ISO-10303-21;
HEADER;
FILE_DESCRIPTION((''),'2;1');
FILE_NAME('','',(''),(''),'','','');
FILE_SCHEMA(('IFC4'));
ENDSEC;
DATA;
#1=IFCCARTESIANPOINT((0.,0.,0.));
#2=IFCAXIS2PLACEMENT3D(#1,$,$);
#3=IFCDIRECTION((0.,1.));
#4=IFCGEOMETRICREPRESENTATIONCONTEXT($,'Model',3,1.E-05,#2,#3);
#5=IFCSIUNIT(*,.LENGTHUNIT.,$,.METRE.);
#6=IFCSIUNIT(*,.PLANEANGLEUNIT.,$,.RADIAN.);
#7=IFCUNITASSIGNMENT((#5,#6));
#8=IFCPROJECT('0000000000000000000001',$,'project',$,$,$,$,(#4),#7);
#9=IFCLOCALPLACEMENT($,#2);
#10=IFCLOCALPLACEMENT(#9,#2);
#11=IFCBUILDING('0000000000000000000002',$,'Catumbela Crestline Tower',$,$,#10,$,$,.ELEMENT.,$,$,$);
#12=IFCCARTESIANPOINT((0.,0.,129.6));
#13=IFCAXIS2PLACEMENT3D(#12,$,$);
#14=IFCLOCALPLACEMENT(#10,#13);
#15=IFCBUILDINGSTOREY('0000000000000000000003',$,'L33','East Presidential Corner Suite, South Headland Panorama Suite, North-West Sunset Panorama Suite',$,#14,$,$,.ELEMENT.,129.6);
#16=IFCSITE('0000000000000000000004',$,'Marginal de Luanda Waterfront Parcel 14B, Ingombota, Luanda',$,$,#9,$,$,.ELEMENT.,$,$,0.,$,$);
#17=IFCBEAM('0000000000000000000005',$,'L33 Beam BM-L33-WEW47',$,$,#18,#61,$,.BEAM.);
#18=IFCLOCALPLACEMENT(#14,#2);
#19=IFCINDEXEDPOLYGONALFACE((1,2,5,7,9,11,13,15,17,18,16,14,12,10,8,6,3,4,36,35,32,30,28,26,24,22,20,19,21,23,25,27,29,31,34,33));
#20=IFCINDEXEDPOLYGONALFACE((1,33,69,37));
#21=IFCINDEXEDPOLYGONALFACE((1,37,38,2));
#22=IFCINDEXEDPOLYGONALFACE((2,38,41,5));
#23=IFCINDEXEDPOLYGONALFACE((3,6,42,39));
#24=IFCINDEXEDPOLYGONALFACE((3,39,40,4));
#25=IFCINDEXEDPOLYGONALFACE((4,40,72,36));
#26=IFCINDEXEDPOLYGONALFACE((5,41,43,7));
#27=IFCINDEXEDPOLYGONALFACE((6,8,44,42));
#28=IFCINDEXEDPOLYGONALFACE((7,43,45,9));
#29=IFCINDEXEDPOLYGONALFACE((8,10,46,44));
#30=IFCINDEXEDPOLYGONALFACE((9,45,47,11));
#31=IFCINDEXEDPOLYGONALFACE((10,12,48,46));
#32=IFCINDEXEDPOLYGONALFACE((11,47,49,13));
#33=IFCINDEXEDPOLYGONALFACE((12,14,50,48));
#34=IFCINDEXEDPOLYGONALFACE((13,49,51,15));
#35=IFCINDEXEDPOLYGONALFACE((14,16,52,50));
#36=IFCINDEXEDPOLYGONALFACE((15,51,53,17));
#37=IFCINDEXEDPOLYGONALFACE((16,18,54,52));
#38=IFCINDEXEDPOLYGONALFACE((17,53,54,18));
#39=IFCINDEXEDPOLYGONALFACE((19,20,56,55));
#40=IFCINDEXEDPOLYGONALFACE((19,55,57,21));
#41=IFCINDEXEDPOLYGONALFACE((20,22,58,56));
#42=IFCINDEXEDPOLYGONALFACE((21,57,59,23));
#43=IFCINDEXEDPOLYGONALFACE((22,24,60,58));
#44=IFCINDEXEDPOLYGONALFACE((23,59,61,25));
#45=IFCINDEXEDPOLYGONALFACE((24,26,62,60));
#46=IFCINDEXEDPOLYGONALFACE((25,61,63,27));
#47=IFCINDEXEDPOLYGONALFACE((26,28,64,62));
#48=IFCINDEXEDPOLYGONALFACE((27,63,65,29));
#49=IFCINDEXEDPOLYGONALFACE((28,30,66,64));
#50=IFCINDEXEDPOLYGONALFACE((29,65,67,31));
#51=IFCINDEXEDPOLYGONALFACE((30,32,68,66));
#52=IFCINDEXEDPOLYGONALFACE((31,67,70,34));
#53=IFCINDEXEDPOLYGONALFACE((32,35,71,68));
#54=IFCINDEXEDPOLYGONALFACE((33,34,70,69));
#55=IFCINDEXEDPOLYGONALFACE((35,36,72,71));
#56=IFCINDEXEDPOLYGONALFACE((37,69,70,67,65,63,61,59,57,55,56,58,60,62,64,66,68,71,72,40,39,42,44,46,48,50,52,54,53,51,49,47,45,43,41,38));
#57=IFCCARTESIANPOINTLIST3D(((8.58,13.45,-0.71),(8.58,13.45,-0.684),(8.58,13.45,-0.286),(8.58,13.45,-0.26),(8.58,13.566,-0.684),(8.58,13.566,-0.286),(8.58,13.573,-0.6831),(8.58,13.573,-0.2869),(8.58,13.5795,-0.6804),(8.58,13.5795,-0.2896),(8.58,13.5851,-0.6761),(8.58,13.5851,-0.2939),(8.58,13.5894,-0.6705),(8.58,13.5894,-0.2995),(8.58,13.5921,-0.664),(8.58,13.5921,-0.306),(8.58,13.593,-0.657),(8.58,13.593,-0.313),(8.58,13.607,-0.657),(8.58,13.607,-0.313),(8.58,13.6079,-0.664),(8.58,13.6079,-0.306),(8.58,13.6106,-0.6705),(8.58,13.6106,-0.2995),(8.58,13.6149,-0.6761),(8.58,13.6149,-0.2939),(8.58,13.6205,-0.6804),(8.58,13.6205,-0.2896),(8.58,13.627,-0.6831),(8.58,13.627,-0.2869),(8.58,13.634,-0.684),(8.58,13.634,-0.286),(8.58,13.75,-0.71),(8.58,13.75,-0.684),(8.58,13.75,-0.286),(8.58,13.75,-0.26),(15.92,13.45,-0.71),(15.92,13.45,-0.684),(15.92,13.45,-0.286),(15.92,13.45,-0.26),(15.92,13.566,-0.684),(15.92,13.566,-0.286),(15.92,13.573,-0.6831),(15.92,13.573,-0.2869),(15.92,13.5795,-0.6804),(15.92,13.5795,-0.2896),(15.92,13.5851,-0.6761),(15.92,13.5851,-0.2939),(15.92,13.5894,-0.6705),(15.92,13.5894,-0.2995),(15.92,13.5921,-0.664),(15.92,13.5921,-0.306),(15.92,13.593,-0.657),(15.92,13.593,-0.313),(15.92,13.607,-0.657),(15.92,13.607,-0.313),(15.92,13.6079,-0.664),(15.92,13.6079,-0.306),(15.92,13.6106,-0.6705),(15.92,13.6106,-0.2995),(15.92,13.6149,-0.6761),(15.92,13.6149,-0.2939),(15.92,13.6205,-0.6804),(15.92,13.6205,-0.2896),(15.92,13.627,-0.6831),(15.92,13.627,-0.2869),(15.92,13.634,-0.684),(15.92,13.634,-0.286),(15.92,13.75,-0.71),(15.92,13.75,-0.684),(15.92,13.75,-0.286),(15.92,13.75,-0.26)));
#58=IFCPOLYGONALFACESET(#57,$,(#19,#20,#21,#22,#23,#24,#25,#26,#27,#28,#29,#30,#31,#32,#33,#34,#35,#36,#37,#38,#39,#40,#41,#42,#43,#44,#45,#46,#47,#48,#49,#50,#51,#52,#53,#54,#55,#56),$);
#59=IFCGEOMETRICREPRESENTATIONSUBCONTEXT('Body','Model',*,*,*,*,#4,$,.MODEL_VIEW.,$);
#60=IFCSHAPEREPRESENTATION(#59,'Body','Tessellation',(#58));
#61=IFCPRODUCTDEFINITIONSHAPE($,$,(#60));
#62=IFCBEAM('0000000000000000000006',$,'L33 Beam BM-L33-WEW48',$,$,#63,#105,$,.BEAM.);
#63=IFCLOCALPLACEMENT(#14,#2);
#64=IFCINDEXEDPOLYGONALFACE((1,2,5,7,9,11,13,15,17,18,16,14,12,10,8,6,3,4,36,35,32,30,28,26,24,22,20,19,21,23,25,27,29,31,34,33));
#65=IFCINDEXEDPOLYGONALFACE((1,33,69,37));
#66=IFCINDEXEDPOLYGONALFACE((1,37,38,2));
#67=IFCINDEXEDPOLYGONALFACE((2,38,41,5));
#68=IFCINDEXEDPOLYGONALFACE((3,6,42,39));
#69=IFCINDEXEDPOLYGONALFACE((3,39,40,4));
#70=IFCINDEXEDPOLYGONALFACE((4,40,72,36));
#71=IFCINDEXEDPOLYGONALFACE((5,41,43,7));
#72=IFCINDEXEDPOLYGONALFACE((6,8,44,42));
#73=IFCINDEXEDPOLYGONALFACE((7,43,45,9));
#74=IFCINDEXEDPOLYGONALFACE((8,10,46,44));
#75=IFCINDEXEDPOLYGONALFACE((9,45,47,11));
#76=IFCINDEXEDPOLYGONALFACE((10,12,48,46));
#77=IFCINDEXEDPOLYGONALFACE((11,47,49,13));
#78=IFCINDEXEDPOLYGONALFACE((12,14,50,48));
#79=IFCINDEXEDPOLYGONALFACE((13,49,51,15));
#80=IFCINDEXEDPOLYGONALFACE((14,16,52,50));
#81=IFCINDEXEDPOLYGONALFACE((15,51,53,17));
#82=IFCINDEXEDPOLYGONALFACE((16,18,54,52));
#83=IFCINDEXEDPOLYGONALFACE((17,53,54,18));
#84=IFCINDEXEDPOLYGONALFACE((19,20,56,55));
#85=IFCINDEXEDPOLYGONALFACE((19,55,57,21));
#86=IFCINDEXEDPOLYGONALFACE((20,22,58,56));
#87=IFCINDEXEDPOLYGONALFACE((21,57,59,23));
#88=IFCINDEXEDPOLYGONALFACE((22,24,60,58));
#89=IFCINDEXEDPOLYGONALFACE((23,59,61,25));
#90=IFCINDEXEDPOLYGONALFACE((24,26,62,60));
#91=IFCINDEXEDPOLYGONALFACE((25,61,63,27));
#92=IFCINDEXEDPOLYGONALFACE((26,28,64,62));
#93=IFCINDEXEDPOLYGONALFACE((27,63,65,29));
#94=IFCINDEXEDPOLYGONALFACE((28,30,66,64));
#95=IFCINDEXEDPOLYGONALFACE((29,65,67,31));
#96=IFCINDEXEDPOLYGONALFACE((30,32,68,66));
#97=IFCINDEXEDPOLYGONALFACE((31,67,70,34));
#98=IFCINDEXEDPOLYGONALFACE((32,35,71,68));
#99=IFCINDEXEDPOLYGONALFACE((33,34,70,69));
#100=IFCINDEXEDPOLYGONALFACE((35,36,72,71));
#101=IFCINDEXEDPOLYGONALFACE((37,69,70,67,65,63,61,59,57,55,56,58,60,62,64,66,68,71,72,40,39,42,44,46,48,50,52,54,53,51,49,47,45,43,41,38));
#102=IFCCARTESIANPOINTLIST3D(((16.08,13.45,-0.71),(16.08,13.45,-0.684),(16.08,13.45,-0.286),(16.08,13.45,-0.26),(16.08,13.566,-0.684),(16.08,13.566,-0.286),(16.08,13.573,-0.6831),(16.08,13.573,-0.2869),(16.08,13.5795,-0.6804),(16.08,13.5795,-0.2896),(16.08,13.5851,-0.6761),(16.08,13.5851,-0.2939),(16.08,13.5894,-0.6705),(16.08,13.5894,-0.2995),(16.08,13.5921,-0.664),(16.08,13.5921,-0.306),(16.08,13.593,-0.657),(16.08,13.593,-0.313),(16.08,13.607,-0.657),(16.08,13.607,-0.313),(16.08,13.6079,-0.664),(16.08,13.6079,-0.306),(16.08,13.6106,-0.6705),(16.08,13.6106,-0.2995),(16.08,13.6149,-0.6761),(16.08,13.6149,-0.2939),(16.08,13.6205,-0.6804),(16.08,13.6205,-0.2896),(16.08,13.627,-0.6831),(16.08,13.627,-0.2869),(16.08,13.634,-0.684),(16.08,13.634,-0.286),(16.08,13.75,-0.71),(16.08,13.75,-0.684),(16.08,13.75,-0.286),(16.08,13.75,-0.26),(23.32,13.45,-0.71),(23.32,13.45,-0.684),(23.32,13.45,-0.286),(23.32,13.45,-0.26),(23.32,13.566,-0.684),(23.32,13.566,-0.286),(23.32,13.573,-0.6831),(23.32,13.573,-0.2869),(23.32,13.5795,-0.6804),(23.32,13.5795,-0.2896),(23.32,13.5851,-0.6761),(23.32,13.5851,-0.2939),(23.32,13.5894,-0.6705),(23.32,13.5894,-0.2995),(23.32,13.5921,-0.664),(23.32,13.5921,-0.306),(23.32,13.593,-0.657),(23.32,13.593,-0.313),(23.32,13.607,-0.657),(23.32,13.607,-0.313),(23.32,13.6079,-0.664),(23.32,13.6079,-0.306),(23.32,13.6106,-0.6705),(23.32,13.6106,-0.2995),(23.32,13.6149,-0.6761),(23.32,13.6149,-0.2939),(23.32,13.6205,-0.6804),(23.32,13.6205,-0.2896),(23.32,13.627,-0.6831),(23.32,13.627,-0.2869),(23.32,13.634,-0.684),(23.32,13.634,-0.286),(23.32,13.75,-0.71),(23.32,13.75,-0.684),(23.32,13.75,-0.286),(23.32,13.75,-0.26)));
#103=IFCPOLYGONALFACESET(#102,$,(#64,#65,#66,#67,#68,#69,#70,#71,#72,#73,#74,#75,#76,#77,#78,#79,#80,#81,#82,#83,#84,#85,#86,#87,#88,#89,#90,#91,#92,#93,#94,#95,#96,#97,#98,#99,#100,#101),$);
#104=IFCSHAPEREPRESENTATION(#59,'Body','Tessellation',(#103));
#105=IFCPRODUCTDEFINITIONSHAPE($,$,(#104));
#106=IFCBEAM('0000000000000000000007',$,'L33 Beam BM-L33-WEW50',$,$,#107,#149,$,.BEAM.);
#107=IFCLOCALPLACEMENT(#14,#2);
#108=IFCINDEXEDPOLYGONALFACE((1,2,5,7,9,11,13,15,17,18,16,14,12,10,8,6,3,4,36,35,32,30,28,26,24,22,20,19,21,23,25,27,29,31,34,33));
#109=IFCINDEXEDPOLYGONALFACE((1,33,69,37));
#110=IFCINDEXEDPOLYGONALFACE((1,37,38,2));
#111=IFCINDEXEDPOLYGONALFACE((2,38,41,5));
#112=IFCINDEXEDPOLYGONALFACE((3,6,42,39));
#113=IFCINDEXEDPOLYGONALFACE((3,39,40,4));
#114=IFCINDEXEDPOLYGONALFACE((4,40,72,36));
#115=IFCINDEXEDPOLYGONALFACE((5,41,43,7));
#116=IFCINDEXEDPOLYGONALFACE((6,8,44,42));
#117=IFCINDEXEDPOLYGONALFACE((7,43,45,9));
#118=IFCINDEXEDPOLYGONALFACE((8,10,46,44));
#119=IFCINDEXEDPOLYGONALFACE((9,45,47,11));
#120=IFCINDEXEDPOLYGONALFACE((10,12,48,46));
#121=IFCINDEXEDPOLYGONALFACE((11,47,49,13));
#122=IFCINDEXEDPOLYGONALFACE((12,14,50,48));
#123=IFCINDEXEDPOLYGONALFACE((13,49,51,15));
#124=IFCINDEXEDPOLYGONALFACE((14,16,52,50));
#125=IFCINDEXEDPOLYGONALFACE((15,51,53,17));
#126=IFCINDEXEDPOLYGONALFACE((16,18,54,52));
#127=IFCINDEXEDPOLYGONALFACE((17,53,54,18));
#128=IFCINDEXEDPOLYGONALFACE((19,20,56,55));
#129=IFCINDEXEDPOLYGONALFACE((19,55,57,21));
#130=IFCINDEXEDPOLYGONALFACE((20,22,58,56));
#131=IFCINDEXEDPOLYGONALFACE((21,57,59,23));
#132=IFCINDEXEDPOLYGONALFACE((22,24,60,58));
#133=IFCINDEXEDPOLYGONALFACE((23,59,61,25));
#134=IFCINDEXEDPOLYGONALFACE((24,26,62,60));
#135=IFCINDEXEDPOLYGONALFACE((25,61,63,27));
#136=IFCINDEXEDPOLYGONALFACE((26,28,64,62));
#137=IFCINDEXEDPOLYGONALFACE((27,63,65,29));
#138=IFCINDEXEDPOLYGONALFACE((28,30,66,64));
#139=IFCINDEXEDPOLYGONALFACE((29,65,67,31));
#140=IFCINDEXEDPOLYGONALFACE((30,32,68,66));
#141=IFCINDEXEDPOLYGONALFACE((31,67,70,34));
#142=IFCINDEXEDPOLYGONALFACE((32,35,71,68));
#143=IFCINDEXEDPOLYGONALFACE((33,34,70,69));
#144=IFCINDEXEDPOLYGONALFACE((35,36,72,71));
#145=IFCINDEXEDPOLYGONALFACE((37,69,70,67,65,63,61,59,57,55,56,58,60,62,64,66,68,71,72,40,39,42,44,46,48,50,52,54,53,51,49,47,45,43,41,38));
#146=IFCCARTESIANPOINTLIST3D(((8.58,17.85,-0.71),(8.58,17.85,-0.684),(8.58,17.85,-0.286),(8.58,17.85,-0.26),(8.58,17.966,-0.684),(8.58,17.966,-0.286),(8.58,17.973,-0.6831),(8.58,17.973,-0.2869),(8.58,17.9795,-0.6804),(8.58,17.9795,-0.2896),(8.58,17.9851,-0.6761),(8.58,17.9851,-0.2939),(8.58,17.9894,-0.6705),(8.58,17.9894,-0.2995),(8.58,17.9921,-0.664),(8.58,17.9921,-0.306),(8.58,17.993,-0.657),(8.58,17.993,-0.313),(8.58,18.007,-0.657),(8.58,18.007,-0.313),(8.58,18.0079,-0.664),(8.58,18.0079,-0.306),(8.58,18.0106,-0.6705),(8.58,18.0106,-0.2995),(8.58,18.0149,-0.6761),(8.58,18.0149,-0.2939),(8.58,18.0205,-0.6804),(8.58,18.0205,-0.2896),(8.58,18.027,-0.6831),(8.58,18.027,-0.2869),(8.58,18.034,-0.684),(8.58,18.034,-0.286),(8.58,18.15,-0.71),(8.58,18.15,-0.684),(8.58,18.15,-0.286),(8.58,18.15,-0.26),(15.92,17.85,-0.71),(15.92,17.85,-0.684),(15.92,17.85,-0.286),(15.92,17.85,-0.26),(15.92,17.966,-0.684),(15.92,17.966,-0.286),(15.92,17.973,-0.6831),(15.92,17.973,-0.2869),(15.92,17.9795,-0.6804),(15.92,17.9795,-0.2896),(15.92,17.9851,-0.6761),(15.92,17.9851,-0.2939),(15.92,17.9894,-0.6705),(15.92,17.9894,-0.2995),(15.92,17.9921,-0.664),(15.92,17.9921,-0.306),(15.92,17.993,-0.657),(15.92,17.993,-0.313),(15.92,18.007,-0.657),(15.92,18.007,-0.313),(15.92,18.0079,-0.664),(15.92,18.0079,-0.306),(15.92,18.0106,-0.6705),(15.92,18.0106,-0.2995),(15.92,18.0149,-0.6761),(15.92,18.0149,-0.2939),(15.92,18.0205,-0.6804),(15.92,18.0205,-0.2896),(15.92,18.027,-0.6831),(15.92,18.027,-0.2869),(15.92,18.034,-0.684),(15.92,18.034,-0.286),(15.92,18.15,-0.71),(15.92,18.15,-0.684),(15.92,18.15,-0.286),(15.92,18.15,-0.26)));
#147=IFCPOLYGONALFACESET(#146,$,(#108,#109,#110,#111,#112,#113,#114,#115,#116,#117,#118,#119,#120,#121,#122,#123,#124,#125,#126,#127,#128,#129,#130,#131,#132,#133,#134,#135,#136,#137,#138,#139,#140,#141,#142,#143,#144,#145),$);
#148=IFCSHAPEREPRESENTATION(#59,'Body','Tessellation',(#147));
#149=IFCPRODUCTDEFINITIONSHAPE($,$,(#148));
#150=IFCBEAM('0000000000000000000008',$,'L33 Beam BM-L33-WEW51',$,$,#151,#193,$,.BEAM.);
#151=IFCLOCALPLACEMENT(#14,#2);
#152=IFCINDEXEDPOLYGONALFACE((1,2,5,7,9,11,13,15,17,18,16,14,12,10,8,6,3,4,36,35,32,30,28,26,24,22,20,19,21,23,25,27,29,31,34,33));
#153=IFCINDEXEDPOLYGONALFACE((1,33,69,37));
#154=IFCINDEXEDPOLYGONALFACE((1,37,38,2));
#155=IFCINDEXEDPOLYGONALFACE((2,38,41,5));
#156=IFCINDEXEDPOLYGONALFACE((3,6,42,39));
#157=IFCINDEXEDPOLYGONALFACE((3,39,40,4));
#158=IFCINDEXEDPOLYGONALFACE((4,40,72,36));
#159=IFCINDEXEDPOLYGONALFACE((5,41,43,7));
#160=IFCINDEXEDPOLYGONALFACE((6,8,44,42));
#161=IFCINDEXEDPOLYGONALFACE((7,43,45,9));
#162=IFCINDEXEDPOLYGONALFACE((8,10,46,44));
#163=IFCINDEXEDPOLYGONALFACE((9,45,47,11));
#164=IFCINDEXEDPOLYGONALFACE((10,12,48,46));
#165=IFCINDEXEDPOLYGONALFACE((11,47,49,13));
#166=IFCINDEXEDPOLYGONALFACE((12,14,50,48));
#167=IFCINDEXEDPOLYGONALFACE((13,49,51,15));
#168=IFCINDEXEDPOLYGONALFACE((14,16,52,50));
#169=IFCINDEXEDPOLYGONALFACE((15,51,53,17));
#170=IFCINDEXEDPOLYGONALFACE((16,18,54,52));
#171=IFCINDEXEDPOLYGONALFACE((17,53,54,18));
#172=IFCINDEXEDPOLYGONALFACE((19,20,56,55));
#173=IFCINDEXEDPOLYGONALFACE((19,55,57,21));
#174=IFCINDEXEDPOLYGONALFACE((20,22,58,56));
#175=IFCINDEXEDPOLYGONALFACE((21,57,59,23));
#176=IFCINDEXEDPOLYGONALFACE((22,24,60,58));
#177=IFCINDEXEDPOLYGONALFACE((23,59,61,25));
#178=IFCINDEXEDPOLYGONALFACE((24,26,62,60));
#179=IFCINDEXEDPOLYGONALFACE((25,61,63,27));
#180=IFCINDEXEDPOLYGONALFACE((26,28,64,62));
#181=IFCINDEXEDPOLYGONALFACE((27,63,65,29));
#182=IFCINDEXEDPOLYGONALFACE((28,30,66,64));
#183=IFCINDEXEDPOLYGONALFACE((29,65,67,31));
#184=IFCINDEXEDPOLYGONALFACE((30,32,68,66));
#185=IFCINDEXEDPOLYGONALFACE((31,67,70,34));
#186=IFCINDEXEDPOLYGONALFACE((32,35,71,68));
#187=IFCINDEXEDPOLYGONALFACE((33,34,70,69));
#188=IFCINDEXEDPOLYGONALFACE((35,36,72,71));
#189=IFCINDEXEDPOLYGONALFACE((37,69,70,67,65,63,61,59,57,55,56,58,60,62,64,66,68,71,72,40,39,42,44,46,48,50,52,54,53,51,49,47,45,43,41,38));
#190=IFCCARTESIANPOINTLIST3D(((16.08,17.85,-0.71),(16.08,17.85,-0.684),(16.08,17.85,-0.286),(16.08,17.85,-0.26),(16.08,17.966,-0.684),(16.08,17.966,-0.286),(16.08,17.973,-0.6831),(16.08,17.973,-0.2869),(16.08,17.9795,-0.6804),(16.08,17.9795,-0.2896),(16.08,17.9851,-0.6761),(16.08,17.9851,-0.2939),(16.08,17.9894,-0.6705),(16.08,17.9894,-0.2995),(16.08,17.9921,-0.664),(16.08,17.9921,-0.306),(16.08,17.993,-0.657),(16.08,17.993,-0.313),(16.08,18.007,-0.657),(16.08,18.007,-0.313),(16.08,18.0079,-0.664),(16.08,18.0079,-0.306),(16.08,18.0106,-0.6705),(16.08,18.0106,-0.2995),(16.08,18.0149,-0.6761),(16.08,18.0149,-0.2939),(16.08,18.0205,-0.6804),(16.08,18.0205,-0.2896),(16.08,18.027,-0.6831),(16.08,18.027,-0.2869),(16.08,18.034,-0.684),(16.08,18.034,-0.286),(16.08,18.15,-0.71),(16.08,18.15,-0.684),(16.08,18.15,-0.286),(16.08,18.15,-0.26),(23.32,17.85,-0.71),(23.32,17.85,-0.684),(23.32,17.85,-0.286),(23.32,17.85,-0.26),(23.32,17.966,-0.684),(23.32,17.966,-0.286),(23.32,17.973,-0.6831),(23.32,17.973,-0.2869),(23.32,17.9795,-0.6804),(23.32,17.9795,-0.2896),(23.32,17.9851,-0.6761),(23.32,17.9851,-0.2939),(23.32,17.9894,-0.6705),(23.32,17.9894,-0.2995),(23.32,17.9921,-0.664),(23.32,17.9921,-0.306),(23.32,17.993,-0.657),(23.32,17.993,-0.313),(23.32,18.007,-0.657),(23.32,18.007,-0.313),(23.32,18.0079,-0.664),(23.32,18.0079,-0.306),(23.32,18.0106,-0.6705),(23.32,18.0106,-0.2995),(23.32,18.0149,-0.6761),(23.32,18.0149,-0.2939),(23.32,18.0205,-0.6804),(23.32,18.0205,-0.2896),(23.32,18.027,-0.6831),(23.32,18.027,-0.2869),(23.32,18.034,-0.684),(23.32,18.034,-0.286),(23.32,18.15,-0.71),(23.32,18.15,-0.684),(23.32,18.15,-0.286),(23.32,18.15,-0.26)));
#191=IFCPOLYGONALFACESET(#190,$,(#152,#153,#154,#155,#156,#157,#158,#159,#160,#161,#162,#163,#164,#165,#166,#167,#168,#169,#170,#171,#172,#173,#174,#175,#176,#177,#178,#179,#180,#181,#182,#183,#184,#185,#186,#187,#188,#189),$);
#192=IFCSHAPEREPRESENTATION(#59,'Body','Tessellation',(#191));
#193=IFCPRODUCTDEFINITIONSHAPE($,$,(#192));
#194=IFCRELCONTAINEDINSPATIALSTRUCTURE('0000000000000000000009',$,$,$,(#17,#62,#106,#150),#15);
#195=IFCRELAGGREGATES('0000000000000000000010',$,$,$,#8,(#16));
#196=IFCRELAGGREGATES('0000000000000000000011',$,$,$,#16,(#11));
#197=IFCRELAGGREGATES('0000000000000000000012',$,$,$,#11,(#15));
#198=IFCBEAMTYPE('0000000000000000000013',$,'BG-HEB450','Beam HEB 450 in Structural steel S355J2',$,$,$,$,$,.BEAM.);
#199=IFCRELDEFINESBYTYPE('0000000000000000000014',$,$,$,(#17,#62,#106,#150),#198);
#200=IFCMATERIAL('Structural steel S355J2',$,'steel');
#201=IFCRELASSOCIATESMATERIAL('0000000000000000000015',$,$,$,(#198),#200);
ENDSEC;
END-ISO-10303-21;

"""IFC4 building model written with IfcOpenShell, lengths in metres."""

from ifc_helpers import new_model, si_unit, direction, frame, origin, origin_2d, place, context, subcontext, project, spatial, i_section, extrude, material, material_profile, profile_set, type_object, element, save


model = new_model("IFC4")

# Units and contexts
model_context = context("Model", 3, precision=1e-05, world=origin(), true_north=direction((0.0, 1.0)))
body_context = subcontext(model_context, "Body", "Model", "MODEL_VIEW")
ifc_project = project(units=[si_unit("LENGTHUNIT", "METRE"), si_unit("PLANEANGLEUNIT", "RADIAN")], contexts=[model_context])

# Site, building, storey
site_placement = place(None, origin())
site = spatial("IfcSite", under=ifc_project, at=site_placement, Name="Marginal de Luanda Waterfront Parcel 14B, Ingombota, Luanda", CompositionType="ELEMENT", RefElevation=0.0)
building_placement = place(site_placement, origin())
building = spatial("IfcBuilding", under=site, at=building_placement, Name="Catumbela Crestline Tower", CompositionType="ELEMENT")
storey_placement = place(building_placement, frame((0.0, 0.0, 129.6)))
storey = spatial("IfcBuildingStorey", under=building, at=storey_placement, Name="L33", Description="East Presidential Corner Suite, South Headland Panorama Suite, North-West Sunset Panorama Suite", CompositionType="ELEMENT", Elevation=129.6)

# Beams
ifc_material_1 = material(Name="Structural steel S355J2", Category="steel")
ifc_material_profile_1 = material_profile(ifc_material_1, i_section(OverallWidth=0.3, OverallDepth=0.45, WebThickness=0.014, FlangeThickness=0.026, FilletRadius=0.027, at=origin_2d()), Name="HEB 450")
ifc_profile_set_1 = profile_set([ifc_material_profile_1], Name="Structural steel S355J2")
beam_type_1 = type_object("IfcBeamType", Name="BG-HEB450", Description="Beam HEB 450 in Structural steel S355J2", PredefinedType="BEAM", material=ifc_profile_set_1)
beam_1_placement = place(storey_placement, frame((8.58, 13.6, -0.485), z_axis=(1.0, 0.0, 0.0), x_axis=(0.0, 1.0, 0.0)))
element("IfcBeam", 1, at=beam_1_placement, inside=storey, type_object=beam_type_1, Name="L33 Beam BM-L33-WEW47", PredefinedType="BEAM", context=body_context, shape_type="SweptSolid", body=[
    extrude(i_section(OverallWidth=0.3, OverallDepth=0.45, WebThickness=0.014, FlangeThickness=0.026, FilletRadius=0.027, at=origin_2d()), origin(), (0.0, 0.0, 1.0), 7.34),
])
beam_2_placement = place(storey_placement, frame((16.08, 13.6, -0.485), z_axis=(1.0, 0.0, 0.0), x_axis=(0.0, 1.0, 0.0)))
element("IfcBeam", 2, at=beam_2_placement, inside=storey, type_object=beam_type_1, Name="L33 Beam BM-L33-WEW48", PredefinedType="BEAM", context=body_context, shape_type="SweptSolid", body=[
    extrude(i_section(OverallWidth=0.3, OverallDepth=0.45, WebThickness=0.014, FlangeThickness=0.026, FilletRadius=0.027, at=origin_2d()), origin(), (0.0, 0.0, 1.0), 7.24),
])
beam_3_placement = place(storey_placement, frame((8.58, 18.0, -0.485), z_axis=(1.0, 0.0, 0.0), x_axis=(0.0, 1.0, 0.0)))
element("IfcBeam", 3, at=beam_3_placement, inside=storey, type_object=beam_type_1, Name="L33 Beam BM-L33-WEW50", PredefinedType="BEAM", context=body_context, shape_type="SweptSolid", body=[
    extrude(i_section(OverallWidth=0.3, OverallDepth=0.45, WebThickness=0.014, FlangeThickness=0.026, FilletRadius=0.027, at=origin_2d()), origin(), (0.0, 0.0, 1.0), 7.34),
])
beam_4_placement = place(storey_placement, frame((16.08, 18.0, -0.485), z_axis=(1.0, 0.0, 0.0), x_axis=(0.0, 1.0, 0.0)))
element("IfcBeam", 4, at=beam_4_placement, inside=storey, type_object=beam_type_1, Name="L33 Beam BM-L33-WEW51", PredefinedType="BEAM", context=body_context, shape_type="SweptSolid", body=[
    extrude(i_section(OverallWidth=0.3, OverallDepth=0.45, WebThickness=0.014, FlangeThickness=0.026, FilletRadius=0.027, at=origin_2d()), origin(), (0.0, 0.0, 1.0), 7.24),
])

save(model, "model.ifc")
